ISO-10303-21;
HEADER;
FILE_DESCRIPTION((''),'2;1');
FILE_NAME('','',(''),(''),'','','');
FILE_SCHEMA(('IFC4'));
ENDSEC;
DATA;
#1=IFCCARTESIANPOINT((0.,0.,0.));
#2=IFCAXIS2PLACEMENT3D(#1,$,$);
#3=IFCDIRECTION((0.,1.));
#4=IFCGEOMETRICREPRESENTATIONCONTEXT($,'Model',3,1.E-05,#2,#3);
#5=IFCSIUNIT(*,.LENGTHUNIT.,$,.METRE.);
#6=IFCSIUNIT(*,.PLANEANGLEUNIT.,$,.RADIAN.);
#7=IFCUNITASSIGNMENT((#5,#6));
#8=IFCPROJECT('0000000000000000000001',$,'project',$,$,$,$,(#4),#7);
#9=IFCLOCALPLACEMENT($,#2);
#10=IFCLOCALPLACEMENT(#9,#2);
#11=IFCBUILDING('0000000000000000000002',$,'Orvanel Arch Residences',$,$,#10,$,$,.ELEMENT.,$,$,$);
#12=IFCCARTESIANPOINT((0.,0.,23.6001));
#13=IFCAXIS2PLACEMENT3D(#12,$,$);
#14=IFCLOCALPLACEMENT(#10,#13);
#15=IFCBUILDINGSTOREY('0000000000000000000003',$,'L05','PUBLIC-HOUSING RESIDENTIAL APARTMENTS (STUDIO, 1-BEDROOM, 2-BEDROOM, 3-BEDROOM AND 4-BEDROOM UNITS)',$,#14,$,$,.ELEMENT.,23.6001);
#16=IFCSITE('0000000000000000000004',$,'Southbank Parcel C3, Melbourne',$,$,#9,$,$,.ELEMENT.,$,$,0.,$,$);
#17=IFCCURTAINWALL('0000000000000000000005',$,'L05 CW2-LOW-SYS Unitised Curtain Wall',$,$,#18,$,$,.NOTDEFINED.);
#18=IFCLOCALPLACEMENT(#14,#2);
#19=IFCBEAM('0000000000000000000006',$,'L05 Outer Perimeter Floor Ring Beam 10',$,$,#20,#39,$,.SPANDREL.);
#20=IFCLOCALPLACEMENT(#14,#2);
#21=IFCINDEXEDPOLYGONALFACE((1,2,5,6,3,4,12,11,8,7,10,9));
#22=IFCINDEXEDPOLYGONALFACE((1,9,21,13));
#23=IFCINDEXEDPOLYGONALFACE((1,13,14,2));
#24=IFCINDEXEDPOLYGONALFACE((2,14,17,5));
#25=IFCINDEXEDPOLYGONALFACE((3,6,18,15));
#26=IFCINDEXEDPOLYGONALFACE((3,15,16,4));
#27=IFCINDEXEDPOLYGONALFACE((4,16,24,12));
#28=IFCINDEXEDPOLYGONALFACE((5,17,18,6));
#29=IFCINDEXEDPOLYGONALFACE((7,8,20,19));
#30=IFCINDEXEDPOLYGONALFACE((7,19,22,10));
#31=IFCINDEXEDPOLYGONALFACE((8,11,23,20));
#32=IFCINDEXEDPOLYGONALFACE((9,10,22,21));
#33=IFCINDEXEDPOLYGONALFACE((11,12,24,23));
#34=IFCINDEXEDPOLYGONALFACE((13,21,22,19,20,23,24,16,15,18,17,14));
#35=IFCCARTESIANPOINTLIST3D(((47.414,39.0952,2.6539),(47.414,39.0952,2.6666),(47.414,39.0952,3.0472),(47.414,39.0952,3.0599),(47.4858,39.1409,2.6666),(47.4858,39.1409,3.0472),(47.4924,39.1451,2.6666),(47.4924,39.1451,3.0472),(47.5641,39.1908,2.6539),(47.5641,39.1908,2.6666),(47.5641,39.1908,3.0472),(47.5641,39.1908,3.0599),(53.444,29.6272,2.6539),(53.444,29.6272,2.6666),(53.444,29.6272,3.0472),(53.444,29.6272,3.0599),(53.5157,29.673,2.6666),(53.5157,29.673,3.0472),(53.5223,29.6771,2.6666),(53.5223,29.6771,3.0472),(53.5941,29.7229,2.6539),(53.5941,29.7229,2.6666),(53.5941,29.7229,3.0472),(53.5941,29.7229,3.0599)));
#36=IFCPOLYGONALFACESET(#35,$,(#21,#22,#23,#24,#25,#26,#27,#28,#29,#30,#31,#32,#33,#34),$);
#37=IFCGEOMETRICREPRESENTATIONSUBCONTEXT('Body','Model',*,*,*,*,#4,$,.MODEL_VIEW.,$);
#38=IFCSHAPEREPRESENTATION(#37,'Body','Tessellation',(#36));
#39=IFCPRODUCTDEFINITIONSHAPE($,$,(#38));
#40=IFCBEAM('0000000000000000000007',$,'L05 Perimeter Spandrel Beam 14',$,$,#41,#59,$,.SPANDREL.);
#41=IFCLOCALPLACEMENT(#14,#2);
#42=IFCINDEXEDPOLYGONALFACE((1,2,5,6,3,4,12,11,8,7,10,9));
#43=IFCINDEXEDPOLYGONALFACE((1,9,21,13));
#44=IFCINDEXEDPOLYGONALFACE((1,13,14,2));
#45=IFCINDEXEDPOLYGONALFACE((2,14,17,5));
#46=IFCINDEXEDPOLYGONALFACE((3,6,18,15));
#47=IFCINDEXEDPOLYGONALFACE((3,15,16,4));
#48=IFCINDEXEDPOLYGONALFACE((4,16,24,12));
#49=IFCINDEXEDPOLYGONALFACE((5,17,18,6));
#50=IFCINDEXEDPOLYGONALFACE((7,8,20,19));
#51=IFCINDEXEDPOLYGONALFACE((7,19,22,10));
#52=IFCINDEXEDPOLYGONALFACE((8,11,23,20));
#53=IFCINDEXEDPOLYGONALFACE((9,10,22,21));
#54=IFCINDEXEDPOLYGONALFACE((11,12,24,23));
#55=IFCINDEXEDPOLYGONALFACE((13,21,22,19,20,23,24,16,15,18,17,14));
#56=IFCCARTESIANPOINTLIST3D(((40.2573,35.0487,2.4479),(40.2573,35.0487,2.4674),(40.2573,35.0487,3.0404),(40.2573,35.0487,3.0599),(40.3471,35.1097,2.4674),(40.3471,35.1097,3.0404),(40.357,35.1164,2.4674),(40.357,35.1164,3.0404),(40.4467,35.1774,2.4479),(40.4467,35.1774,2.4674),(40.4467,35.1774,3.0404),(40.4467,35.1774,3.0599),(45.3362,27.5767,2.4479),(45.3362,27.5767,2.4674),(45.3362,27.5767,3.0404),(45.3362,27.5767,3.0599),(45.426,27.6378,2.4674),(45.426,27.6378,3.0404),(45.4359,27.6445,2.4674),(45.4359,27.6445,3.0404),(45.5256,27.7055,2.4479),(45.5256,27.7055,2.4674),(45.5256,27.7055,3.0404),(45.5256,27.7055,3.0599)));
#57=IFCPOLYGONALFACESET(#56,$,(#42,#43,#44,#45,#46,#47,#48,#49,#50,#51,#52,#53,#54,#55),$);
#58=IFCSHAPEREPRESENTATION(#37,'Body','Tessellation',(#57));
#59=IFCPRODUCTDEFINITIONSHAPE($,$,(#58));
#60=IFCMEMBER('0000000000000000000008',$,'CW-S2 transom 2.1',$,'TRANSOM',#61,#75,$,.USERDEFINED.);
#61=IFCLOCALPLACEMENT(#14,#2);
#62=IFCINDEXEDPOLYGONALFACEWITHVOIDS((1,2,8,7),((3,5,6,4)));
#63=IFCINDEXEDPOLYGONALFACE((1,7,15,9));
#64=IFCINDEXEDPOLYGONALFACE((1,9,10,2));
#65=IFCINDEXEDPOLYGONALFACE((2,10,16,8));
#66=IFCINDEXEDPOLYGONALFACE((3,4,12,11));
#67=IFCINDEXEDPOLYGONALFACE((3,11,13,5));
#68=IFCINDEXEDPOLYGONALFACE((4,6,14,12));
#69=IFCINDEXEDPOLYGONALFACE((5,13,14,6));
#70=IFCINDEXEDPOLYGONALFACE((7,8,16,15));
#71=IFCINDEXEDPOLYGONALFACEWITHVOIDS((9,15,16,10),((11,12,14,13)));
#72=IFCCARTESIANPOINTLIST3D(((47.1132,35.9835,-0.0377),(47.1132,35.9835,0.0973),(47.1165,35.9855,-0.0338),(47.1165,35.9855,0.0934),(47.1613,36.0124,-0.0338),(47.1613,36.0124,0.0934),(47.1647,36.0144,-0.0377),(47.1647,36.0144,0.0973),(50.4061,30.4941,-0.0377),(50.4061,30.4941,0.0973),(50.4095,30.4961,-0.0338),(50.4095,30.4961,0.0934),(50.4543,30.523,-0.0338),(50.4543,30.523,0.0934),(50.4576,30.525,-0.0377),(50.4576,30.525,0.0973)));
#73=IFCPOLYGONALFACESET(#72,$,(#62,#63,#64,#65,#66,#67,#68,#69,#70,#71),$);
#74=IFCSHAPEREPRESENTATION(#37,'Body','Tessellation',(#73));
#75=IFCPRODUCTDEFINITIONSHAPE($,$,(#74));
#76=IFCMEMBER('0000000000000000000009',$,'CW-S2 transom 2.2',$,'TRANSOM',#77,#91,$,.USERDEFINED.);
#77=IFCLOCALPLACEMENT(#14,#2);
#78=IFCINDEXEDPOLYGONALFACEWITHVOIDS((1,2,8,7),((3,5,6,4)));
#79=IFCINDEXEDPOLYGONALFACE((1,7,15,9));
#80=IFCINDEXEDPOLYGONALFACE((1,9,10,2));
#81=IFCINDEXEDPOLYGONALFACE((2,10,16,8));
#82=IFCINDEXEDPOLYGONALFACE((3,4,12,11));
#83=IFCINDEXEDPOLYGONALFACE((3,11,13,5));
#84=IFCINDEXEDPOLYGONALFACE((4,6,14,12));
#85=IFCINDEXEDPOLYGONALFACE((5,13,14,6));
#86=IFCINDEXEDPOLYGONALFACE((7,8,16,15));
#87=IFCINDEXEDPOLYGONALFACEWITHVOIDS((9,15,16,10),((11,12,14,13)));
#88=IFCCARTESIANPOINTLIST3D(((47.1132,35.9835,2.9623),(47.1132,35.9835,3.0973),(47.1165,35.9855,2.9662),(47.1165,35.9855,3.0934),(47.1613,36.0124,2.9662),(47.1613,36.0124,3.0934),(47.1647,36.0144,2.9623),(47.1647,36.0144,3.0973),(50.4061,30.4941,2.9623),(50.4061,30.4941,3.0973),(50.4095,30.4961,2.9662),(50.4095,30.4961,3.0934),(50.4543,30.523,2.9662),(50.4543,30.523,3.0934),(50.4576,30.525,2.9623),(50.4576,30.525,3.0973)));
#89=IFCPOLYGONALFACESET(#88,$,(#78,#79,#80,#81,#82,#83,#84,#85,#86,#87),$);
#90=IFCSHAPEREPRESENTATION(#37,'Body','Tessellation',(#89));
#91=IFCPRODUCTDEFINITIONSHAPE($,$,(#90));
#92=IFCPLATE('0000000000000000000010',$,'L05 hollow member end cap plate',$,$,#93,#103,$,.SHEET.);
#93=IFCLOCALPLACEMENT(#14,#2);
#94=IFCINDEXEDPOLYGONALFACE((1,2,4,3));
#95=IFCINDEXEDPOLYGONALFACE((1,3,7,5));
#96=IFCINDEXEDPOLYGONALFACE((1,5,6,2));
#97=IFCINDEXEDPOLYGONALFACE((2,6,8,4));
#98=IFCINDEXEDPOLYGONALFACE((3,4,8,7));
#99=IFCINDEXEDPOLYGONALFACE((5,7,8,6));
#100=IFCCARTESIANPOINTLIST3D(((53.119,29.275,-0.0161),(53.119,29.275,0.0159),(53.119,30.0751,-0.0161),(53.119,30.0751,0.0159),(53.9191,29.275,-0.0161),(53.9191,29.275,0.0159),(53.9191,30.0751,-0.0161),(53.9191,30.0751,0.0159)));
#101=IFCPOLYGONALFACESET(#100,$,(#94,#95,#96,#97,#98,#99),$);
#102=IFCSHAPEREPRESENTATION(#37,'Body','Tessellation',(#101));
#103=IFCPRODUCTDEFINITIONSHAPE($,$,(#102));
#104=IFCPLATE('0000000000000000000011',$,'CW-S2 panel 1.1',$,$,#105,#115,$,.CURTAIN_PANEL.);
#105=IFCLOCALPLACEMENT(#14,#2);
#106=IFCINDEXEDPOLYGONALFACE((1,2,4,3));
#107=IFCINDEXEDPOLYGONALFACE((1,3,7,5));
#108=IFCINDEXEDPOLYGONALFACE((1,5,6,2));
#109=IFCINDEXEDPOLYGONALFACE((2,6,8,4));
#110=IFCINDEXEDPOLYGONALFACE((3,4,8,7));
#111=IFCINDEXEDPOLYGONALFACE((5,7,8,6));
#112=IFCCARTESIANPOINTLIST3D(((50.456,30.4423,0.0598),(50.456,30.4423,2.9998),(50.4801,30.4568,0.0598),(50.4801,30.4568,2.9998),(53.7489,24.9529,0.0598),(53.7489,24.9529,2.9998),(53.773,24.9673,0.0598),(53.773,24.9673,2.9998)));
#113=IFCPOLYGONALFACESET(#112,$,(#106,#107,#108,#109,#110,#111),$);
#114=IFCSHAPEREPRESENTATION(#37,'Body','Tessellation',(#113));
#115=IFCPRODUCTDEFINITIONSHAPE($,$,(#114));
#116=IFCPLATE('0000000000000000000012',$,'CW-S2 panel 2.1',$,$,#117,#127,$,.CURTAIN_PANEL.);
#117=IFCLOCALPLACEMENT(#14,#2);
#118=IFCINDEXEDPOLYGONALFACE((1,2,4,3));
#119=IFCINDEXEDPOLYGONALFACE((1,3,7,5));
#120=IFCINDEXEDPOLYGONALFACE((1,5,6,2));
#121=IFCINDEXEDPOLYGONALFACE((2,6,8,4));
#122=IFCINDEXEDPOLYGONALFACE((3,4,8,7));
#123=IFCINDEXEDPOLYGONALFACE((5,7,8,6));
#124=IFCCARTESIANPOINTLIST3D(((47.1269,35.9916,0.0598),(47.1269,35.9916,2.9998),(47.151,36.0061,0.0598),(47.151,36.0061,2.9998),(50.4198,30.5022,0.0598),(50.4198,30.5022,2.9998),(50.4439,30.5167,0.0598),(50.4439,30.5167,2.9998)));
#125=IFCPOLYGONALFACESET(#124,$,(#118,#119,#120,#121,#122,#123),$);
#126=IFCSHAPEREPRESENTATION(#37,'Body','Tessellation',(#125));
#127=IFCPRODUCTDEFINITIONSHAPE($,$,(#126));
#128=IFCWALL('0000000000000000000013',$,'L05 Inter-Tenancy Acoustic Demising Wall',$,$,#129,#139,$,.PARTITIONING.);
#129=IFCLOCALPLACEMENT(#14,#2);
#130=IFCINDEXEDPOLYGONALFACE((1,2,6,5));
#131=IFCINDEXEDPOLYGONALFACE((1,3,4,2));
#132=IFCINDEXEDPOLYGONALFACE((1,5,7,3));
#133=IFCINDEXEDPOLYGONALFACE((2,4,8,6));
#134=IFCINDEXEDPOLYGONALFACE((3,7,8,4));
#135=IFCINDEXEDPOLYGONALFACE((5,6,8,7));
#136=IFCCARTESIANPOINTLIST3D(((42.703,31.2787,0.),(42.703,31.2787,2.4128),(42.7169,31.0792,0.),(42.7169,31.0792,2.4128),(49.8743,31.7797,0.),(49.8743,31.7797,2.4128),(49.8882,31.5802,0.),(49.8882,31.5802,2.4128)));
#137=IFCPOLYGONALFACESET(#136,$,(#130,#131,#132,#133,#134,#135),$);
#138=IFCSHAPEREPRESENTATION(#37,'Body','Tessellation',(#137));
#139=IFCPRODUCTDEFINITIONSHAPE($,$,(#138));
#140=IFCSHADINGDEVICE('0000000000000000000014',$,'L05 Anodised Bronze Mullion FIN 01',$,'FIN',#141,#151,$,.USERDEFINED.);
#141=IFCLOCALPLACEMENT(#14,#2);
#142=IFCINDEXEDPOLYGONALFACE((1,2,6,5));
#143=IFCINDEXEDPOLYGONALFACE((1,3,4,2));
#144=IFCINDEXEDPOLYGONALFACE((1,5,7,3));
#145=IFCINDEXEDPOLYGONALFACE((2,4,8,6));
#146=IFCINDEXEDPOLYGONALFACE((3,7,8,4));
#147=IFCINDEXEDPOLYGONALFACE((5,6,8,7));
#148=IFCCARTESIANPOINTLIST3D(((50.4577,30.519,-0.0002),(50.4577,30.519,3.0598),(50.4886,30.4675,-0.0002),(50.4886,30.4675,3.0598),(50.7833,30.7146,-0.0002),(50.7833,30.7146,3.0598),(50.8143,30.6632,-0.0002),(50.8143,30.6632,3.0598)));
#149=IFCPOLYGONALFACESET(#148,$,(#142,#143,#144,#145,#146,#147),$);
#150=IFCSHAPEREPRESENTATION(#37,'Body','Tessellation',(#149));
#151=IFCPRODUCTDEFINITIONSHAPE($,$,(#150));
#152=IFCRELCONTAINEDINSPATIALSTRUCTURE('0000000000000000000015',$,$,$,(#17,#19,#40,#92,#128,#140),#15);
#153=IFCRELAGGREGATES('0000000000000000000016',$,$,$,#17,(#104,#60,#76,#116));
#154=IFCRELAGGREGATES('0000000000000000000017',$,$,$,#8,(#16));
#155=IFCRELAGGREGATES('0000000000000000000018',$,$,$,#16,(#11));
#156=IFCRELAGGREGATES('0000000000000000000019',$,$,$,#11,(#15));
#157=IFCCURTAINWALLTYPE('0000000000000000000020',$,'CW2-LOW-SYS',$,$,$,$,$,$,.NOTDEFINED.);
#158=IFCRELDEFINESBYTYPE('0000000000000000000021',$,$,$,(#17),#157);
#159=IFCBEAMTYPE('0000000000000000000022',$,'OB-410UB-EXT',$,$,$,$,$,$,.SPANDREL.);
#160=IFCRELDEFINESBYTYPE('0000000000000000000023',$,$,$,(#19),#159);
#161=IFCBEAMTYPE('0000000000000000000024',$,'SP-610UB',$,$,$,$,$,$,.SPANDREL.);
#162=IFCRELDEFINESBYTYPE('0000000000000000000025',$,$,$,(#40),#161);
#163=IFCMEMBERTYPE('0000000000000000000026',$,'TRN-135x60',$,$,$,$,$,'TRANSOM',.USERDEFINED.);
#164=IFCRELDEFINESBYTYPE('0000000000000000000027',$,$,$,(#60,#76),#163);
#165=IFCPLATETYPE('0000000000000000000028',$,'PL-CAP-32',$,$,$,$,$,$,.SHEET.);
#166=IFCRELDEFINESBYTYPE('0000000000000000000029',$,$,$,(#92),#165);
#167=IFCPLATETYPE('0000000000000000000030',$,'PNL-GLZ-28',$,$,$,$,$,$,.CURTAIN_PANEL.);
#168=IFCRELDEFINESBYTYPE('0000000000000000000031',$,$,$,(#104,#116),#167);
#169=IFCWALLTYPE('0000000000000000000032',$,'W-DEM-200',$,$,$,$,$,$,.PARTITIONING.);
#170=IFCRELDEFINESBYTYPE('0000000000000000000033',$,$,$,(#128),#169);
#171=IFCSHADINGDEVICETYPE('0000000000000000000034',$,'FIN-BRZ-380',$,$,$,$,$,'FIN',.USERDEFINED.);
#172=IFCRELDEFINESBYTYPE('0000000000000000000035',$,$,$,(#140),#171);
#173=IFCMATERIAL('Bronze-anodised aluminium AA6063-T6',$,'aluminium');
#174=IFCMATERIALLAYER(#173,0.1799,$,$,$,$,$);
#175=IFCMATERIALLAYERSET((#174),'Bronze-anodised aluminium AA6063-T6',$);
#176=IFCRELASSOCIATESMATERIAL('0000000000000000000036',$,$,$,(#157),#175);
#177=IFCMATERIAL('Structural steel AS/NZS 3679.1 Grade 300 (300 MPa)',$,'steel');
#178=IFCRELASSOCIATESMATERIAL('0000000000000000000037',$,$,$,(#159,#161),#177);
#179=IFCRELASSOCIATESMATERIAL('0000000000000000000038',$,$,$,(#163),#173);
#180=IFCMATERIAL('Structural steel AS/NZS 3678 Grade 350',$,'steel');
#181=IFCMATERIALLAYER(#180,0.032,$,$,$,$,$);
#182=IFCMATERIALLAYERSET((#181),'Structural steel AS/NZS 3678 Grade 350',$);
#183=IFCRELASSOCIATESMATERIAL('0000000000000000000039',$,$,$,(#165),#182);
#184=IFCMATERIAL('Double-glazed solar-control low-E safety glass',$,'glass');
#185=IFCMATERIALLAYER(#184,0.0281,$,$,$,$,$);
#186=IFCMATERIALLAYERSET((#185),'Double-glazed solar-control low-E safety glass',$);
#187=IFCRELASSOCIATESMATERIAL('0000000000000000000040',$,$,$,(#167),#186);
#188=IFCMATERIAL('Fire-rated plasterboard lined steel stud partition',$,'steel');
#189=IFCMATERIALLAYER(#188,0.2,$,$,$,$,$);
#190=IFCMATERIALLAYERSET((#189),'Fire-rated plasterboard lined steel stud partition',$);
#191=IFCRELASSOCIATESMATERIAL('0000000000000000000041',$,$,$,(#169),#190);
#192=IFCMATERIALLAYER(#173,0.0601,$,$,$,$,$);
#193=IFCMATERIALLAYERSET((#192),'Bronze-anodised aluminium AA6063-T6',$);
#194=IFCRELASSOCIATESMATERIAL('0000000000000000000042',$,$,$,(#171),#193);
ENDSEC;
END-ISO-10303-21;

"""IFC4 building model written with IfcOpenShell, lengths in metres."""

from ifc_helpers import new_model, si_unit, direction, frame, frame_2d, origin, origin_2d, place, context, subcontext, project, spatial, rectangle, hollow_rectangle, i_section, extrude, material, layer, layer_set, material_profile, profile_set, type_object, element, aggregate, save


model = new_model("IFC4")

# Units and contexts
model_context = context("Model", 3, precision=1e-05, world=origin(), true_north=direction((0.0, 1.0)))
body_context = subcontext(model_context, "Body", "Model", "MODEL_VIEW")
ifc_project = project(units=[si_unit("LENGTHUNIT", "METRE"), si_unit("PLANEANGLEUNIT", "RADIAN")], contexts=[model_context])

# Site, building, storey
site_placement = place(None, origin())
site = spatial("IfcSite", under=ifc_project, at=site_placement, Name="Southbank Parcel C3, Melbourne", CompositionType="ELEMENT", RefElevation=0.0)
building_placement = place(site_placement, origin())
building = spatial("IfcBuilding", under=site, at=building_placement, Name="Orvanel Arch Residences", CompositionType="ELEMENT")
storey_placement = place(building_placement, frame((0.0, 0.0, 23.6001)))
storey = spatial("IfcBuildingStorey", under=building, at=storey_placement, Name="L05", Description="PUBLIC-HOUSING RESIDENTIAL APARTMENTS (STUDIO, 1-BEDROOM, 2-BEDROOM, 3-BEDROOM AND 4-BEDROOM UNITS)", CompositionType="ELEMENT", Elevation=23.6001)

# Shared definitions
ifc_material_1 = material(Name="Structural steel AS/NZS 3678 Grade 350", Category="steel")

# Shared definitions
ifc_material_2 = material(Name="Structural steel AS/NZS 3679.1 Grade 300 (300 MPa)", Category="steel")

# Curtain wall
ifc_material_3 = material(Name="Bronze-anodised aluminium AA6063-T6", Category="aluminium")
ifc_layer_1 = layer(ifc_material_3, 0.1799)
ifc_layer_set_1 = layer_set([ifc_layer_1], Name="Bronze-anodised aluminium AA6063-T6")
curtain_wall_type = type_object("IfcCurtainWallType", Name="CW2-LOW-SYS", PredefinedType="NOTDEFINED", material=ifc_layer_set_1)
curtain_wall_placement = place(storey_placement, origin())
curtain_wall = element("IfcCurtainWall", 1, at=curtain_wall_placement, inside=storey, type_object=curtain_wall_type, Name="L05 CW2-LOW-SYS Unitised Curtain Wall", PredefinedType="NOTDEFINED")

# Beams
ifc_material_profile_1 = material_profile(ifc_material_2, i_section(OverallWidth=0.178, OverallDepth=0.406, WebThickness=0.0078, FlangeThickness=0.0127, at=origin_2d()), Name="410UB59.7")
ifc_profile_set_1 = profile_set([ifc_material_profile_1], Name="Structural steel AS/NZS 3679.1 Grade 300 (300 MPa)")
beam_type_1 = type_object("IfcBeamType", Name="OB-410UB-EXT", PredefinedType="SPANDREL", material=ifc_profile_set_1)
beam_1_placement = place(storey_placement, frame((53.519, 29.675, 2.8569), z_axis=(-0.537188, 0.843463, 0.0), x_axis=(-0.843463, -0.537188, 0.0)))
element("IfcBeam", 2, at=beam_1_placement, inside=storey, type_object=beam_type_1, Name="L05 Outer Perimeter Floor Ring Beam 10", PredefinedType="SPANDREL", context=body_context, shape_type="SweptSolid", body=[
    extrude(i_section(OverallWidth=0.178, OverallDepth=0.406, WebThickness=0.0078, FlangeThickness=0.0127, at=origin_2d()), origin(), (0.0, 0.0, 1.0), 11.2251),
])
ifc_material_profile_2 = material_profile(ifc_material_2, i_section(OverallWidth=0.229, OverallDepth=0.6121, WebThickness=0.012, FlangeThickness=0.0195, at=origin_2d()), Name="610UB125")
ifc_profile_set_2 = profile_set([ifc_material_profile_2], Name="Structural steel AS/NZS 3679.1 Grade 300 (300 MPa)")
beam_type_2 = type_object("IfcBeamType", Name="SP-610UB", PredefinedType="SPANDREL", material=ifc_profile_set_2)
beam_2_placement = place(storey_placement, frame((45.4309, 27.6411, 2.7539), z_axis=(-0.562155, 0.827032, 0.0), x_axis=(-0.827032, -0.562155, 0.0)))
element("IfcBeam", 3, at=beam_2_placement, inside=storey, type_object=beam_type_2, Name="L05 Perimeter Spandrel Beam 14", PredefinedType="SPANDREL", context=body_context, shape_type="SweptSolid", body=[
    extrude(i_section(OverallWidth=0.229, OverallDepth=0.6121, WebThickness=0.012, FlangeThickness=0.0195, at=origin_2d()), origin(), (0.0, 0.0, 1.0), 9.0347),
])

# Members
ifc_material_profile_3 = material_profile(ifc_material_3, hollow_rectangle(XDim=0.0601, YDim=0.135, WallThickness=0.0039, at=origin_2d()), Name="ALU135x60x4")
ifc_profile_set_3 = profile_set([ifc_material_profile_3], Name="Bronze-anodised aluminium AA6063-T6")
member_type_1 = type_object("IfcMemberType", Name="TRN-135x60", ElementType="TRANSOM", PredefinedType="USERDEFINED", material=ifc_profile_set_3)
member_1_placement = place(storey_placement, frame((50.4319, 30.5095, 0.0298), z_axis=(-0.514412, 0.857543, 0.0), x_axis=(-0.857543, -0.514412, 0.0)))
member_1 = element("IfcMember", 4, at=member_1_placement, type_object=member_type_1, Name="CW-S2 transom 2.1", ObjectType="TRANSOM", PredefinedType="USERDEFINED", context=body_context, shape_type="SweptSolid", body=[
    extrude(hollow_rectangle(XDim=0.0601, YDim=0.135, WallThickness=0.0039, at=origin_2d()), origin(), (0.0, 0.0, 1.0), 6.4014),
])
member_2_placement = place(storey_placement, frame((50.4319, 30.5095, 3.0298), z_axis=(-0.514412, 0.857543, 0.0), x_axis=(-0.857543, -0.514412, 0.0)))
member_2 = element("IfcMember", 5, at=member_2_placement, type_object=member_type_1, Name="CW-S2 transom 2.2", ObjectType="TRANSOM", PredefinedType="USERDEFINED", context=body_context, shape_type="SweptSolid", body=[
    extrude(hollow_rectangle(XDim=0.0601, YDim=0.135, WallThickness=0.0039, at=origin_2d()), origin(), (0.0, 0.0, 1.0), 6.4014),
])

# Plates
ifc_layer_2 = layer(ifc_material_1, 0.032)
ifc_layer_set_2 = layer_set([ifc_layer_2], Name="Structural steel AS/NZS 3678 Grade 350")
plate_type_1 = type_object("IfcPlateType", Name="PL-CAP-32", PredefinedType="SHEET", material=ifc_layer_set_2)
plate_1_placement = place(storey_placement, frame((53.519, 29.675, -0.0161), z_axis=(0.0, 0.0, 1.0), x_axis=(1.0, 0.0, 0.0)))
element("IfcPlate", 6, at=plate_1_placement, inside=storey, type_object=plate_type_1, Name="L05 hollow member end cap plate", PredefinedType="SHEET", context=body_context, shape_type="SweptSolid", body=[
    extrude(rectangle(XDim=0.8, YDim=0.8, at=origin_2d()), origin(), (0.0, 0.0, 1.0), 0.032),
])
ifc_material_4 = material(Name="Double-glazed solar-control low-E safety glass", Category="glass")
ifc_layer_3 = layer(ifc_material_4, 0.0281)
ifc_layer_set_3 = layer_set([ifc_layer_3], Name="Double-glazed solar-control low-E safety glass")
plate_type_2 = type_object("IfcPlateType", Name="PNL-GLZ-28", PredefinedType="CURTAIN_PANEL", material=ifc_layer_set_3)
plate_2_placement = place(storey_placement, frame((52.1145, 27.7048, 0.0598), z_axis=(0.0, 0.0, 1.0), x_axis=(-0.514417, 0.85754, 0.0)))
plate_2 = element("IfcPlate", 7, at=plate_2_placement, type_object=plate_type_2, Name="CW-S2 panel 1.1", PredefinedType="CURTAIN_PANEL", context=body_context, shape_type="SweptSolid", body=[
    extrude(rectangle(XDim=6.4014, YDim=0.0281, at=origin_2d()), origin(), (0.0, 0.0, 1.0), 2.9399),
])
plate_3_placement = place(storey_placement, frame((48.7854, 33.2542, 0.0598), z_axis=(0.0, 0.0, 1.0), x_axis=(-0.514417, 0.85754, 0.0)))
plate_3 = element("IfcPlate", 8, at=plate_3_placement, type_object=plate_type_2, Name="CW-S2 panel 2.1", PredefinedType="CURTAIN_PANEL", context=body_context, shape_type="SweptSolid", body=[
    extrude(rectangle(XDim=6.4014, YDim=0.0281, at=origin_2d()), origin(), (0.0, 0.0, 1.0), 2.9399),
])
aggregate(curtain_wall, [plate_2, member_1, member_2, plate_3])

# Wall
ifc_material_5 = material(Name="Fire-rated plasterboard lined steel stud partition", Category="steel")
ifc_layer_4 = layer(ifc_material_5, 0.2)
ifc_layer_set_4 = layer_set([ifc_layer_4], Name="Fire-rated plasterboard lined steel stud partition")
wall_type = type_object("IfcWallType", Name="W-DEM-200", PredefinedType="PARTITIONING", material=ifc_layer_set_4)
wall_placement = place(storey_placement, frame((49.8811, 31.6799, 0.0), z_axis=(0.0, 0.0, 1.0), x_axis=(-0.997569, -0.06969, 0.0)))
element("IfcWall", 9, at=wall_placement, inside=storey, type_object=wall_type, Name="L05 Inter-Tenancy Acoustic Demising Wall", PredefinedType="PARTITIONING", context=body_context, shape_type="SweptSolid", body=[
    extrude(rectangle(XDim=7.1887, YDim=0.2, at=frame_2d((3.5942, 0.0))), origin(), (0.0, 0.0, 1.0), 2.4128),
])

# Shading device
ifc_layer_5 = layer(ifc_material_3, 0.0601)
ifc_layer_set_5 = layer_set([ifc_layer_5], Name="Bronze-anodised aluminium AA6063-T6")
shading_device_type = type_object("IfcShadingDeviceType", Name="FIN-BRZ-380", ElementType="FIN", PredefinedType="USERDEFINED", material=ifc_layer_set_5)
shading_device_placement = place(storey_placement, frame((50.636, 30.5911, -0.0002), z_axis=(0.0, 0.0, 1.0), x_axis=(0.857167, 0.515038, 0.0)))
element("IfcShadingDevice", 10, at=shading_device_placement, inside=storey, type_object=shading_device_type, Name="L05 Anodised Bronze Mullion FIN 01", ObjectType="FIN", PredefinedType="USERDEFINED", context=body_context, shape_type="SweptSolid", body=[
    extrude(rectangle(XDim=0.3799, YDim=0.0601, at=origin_2d()), origin(), (0.0, 0.0, 1.0), 3.0601),
])

save(model, "model.ifc")
